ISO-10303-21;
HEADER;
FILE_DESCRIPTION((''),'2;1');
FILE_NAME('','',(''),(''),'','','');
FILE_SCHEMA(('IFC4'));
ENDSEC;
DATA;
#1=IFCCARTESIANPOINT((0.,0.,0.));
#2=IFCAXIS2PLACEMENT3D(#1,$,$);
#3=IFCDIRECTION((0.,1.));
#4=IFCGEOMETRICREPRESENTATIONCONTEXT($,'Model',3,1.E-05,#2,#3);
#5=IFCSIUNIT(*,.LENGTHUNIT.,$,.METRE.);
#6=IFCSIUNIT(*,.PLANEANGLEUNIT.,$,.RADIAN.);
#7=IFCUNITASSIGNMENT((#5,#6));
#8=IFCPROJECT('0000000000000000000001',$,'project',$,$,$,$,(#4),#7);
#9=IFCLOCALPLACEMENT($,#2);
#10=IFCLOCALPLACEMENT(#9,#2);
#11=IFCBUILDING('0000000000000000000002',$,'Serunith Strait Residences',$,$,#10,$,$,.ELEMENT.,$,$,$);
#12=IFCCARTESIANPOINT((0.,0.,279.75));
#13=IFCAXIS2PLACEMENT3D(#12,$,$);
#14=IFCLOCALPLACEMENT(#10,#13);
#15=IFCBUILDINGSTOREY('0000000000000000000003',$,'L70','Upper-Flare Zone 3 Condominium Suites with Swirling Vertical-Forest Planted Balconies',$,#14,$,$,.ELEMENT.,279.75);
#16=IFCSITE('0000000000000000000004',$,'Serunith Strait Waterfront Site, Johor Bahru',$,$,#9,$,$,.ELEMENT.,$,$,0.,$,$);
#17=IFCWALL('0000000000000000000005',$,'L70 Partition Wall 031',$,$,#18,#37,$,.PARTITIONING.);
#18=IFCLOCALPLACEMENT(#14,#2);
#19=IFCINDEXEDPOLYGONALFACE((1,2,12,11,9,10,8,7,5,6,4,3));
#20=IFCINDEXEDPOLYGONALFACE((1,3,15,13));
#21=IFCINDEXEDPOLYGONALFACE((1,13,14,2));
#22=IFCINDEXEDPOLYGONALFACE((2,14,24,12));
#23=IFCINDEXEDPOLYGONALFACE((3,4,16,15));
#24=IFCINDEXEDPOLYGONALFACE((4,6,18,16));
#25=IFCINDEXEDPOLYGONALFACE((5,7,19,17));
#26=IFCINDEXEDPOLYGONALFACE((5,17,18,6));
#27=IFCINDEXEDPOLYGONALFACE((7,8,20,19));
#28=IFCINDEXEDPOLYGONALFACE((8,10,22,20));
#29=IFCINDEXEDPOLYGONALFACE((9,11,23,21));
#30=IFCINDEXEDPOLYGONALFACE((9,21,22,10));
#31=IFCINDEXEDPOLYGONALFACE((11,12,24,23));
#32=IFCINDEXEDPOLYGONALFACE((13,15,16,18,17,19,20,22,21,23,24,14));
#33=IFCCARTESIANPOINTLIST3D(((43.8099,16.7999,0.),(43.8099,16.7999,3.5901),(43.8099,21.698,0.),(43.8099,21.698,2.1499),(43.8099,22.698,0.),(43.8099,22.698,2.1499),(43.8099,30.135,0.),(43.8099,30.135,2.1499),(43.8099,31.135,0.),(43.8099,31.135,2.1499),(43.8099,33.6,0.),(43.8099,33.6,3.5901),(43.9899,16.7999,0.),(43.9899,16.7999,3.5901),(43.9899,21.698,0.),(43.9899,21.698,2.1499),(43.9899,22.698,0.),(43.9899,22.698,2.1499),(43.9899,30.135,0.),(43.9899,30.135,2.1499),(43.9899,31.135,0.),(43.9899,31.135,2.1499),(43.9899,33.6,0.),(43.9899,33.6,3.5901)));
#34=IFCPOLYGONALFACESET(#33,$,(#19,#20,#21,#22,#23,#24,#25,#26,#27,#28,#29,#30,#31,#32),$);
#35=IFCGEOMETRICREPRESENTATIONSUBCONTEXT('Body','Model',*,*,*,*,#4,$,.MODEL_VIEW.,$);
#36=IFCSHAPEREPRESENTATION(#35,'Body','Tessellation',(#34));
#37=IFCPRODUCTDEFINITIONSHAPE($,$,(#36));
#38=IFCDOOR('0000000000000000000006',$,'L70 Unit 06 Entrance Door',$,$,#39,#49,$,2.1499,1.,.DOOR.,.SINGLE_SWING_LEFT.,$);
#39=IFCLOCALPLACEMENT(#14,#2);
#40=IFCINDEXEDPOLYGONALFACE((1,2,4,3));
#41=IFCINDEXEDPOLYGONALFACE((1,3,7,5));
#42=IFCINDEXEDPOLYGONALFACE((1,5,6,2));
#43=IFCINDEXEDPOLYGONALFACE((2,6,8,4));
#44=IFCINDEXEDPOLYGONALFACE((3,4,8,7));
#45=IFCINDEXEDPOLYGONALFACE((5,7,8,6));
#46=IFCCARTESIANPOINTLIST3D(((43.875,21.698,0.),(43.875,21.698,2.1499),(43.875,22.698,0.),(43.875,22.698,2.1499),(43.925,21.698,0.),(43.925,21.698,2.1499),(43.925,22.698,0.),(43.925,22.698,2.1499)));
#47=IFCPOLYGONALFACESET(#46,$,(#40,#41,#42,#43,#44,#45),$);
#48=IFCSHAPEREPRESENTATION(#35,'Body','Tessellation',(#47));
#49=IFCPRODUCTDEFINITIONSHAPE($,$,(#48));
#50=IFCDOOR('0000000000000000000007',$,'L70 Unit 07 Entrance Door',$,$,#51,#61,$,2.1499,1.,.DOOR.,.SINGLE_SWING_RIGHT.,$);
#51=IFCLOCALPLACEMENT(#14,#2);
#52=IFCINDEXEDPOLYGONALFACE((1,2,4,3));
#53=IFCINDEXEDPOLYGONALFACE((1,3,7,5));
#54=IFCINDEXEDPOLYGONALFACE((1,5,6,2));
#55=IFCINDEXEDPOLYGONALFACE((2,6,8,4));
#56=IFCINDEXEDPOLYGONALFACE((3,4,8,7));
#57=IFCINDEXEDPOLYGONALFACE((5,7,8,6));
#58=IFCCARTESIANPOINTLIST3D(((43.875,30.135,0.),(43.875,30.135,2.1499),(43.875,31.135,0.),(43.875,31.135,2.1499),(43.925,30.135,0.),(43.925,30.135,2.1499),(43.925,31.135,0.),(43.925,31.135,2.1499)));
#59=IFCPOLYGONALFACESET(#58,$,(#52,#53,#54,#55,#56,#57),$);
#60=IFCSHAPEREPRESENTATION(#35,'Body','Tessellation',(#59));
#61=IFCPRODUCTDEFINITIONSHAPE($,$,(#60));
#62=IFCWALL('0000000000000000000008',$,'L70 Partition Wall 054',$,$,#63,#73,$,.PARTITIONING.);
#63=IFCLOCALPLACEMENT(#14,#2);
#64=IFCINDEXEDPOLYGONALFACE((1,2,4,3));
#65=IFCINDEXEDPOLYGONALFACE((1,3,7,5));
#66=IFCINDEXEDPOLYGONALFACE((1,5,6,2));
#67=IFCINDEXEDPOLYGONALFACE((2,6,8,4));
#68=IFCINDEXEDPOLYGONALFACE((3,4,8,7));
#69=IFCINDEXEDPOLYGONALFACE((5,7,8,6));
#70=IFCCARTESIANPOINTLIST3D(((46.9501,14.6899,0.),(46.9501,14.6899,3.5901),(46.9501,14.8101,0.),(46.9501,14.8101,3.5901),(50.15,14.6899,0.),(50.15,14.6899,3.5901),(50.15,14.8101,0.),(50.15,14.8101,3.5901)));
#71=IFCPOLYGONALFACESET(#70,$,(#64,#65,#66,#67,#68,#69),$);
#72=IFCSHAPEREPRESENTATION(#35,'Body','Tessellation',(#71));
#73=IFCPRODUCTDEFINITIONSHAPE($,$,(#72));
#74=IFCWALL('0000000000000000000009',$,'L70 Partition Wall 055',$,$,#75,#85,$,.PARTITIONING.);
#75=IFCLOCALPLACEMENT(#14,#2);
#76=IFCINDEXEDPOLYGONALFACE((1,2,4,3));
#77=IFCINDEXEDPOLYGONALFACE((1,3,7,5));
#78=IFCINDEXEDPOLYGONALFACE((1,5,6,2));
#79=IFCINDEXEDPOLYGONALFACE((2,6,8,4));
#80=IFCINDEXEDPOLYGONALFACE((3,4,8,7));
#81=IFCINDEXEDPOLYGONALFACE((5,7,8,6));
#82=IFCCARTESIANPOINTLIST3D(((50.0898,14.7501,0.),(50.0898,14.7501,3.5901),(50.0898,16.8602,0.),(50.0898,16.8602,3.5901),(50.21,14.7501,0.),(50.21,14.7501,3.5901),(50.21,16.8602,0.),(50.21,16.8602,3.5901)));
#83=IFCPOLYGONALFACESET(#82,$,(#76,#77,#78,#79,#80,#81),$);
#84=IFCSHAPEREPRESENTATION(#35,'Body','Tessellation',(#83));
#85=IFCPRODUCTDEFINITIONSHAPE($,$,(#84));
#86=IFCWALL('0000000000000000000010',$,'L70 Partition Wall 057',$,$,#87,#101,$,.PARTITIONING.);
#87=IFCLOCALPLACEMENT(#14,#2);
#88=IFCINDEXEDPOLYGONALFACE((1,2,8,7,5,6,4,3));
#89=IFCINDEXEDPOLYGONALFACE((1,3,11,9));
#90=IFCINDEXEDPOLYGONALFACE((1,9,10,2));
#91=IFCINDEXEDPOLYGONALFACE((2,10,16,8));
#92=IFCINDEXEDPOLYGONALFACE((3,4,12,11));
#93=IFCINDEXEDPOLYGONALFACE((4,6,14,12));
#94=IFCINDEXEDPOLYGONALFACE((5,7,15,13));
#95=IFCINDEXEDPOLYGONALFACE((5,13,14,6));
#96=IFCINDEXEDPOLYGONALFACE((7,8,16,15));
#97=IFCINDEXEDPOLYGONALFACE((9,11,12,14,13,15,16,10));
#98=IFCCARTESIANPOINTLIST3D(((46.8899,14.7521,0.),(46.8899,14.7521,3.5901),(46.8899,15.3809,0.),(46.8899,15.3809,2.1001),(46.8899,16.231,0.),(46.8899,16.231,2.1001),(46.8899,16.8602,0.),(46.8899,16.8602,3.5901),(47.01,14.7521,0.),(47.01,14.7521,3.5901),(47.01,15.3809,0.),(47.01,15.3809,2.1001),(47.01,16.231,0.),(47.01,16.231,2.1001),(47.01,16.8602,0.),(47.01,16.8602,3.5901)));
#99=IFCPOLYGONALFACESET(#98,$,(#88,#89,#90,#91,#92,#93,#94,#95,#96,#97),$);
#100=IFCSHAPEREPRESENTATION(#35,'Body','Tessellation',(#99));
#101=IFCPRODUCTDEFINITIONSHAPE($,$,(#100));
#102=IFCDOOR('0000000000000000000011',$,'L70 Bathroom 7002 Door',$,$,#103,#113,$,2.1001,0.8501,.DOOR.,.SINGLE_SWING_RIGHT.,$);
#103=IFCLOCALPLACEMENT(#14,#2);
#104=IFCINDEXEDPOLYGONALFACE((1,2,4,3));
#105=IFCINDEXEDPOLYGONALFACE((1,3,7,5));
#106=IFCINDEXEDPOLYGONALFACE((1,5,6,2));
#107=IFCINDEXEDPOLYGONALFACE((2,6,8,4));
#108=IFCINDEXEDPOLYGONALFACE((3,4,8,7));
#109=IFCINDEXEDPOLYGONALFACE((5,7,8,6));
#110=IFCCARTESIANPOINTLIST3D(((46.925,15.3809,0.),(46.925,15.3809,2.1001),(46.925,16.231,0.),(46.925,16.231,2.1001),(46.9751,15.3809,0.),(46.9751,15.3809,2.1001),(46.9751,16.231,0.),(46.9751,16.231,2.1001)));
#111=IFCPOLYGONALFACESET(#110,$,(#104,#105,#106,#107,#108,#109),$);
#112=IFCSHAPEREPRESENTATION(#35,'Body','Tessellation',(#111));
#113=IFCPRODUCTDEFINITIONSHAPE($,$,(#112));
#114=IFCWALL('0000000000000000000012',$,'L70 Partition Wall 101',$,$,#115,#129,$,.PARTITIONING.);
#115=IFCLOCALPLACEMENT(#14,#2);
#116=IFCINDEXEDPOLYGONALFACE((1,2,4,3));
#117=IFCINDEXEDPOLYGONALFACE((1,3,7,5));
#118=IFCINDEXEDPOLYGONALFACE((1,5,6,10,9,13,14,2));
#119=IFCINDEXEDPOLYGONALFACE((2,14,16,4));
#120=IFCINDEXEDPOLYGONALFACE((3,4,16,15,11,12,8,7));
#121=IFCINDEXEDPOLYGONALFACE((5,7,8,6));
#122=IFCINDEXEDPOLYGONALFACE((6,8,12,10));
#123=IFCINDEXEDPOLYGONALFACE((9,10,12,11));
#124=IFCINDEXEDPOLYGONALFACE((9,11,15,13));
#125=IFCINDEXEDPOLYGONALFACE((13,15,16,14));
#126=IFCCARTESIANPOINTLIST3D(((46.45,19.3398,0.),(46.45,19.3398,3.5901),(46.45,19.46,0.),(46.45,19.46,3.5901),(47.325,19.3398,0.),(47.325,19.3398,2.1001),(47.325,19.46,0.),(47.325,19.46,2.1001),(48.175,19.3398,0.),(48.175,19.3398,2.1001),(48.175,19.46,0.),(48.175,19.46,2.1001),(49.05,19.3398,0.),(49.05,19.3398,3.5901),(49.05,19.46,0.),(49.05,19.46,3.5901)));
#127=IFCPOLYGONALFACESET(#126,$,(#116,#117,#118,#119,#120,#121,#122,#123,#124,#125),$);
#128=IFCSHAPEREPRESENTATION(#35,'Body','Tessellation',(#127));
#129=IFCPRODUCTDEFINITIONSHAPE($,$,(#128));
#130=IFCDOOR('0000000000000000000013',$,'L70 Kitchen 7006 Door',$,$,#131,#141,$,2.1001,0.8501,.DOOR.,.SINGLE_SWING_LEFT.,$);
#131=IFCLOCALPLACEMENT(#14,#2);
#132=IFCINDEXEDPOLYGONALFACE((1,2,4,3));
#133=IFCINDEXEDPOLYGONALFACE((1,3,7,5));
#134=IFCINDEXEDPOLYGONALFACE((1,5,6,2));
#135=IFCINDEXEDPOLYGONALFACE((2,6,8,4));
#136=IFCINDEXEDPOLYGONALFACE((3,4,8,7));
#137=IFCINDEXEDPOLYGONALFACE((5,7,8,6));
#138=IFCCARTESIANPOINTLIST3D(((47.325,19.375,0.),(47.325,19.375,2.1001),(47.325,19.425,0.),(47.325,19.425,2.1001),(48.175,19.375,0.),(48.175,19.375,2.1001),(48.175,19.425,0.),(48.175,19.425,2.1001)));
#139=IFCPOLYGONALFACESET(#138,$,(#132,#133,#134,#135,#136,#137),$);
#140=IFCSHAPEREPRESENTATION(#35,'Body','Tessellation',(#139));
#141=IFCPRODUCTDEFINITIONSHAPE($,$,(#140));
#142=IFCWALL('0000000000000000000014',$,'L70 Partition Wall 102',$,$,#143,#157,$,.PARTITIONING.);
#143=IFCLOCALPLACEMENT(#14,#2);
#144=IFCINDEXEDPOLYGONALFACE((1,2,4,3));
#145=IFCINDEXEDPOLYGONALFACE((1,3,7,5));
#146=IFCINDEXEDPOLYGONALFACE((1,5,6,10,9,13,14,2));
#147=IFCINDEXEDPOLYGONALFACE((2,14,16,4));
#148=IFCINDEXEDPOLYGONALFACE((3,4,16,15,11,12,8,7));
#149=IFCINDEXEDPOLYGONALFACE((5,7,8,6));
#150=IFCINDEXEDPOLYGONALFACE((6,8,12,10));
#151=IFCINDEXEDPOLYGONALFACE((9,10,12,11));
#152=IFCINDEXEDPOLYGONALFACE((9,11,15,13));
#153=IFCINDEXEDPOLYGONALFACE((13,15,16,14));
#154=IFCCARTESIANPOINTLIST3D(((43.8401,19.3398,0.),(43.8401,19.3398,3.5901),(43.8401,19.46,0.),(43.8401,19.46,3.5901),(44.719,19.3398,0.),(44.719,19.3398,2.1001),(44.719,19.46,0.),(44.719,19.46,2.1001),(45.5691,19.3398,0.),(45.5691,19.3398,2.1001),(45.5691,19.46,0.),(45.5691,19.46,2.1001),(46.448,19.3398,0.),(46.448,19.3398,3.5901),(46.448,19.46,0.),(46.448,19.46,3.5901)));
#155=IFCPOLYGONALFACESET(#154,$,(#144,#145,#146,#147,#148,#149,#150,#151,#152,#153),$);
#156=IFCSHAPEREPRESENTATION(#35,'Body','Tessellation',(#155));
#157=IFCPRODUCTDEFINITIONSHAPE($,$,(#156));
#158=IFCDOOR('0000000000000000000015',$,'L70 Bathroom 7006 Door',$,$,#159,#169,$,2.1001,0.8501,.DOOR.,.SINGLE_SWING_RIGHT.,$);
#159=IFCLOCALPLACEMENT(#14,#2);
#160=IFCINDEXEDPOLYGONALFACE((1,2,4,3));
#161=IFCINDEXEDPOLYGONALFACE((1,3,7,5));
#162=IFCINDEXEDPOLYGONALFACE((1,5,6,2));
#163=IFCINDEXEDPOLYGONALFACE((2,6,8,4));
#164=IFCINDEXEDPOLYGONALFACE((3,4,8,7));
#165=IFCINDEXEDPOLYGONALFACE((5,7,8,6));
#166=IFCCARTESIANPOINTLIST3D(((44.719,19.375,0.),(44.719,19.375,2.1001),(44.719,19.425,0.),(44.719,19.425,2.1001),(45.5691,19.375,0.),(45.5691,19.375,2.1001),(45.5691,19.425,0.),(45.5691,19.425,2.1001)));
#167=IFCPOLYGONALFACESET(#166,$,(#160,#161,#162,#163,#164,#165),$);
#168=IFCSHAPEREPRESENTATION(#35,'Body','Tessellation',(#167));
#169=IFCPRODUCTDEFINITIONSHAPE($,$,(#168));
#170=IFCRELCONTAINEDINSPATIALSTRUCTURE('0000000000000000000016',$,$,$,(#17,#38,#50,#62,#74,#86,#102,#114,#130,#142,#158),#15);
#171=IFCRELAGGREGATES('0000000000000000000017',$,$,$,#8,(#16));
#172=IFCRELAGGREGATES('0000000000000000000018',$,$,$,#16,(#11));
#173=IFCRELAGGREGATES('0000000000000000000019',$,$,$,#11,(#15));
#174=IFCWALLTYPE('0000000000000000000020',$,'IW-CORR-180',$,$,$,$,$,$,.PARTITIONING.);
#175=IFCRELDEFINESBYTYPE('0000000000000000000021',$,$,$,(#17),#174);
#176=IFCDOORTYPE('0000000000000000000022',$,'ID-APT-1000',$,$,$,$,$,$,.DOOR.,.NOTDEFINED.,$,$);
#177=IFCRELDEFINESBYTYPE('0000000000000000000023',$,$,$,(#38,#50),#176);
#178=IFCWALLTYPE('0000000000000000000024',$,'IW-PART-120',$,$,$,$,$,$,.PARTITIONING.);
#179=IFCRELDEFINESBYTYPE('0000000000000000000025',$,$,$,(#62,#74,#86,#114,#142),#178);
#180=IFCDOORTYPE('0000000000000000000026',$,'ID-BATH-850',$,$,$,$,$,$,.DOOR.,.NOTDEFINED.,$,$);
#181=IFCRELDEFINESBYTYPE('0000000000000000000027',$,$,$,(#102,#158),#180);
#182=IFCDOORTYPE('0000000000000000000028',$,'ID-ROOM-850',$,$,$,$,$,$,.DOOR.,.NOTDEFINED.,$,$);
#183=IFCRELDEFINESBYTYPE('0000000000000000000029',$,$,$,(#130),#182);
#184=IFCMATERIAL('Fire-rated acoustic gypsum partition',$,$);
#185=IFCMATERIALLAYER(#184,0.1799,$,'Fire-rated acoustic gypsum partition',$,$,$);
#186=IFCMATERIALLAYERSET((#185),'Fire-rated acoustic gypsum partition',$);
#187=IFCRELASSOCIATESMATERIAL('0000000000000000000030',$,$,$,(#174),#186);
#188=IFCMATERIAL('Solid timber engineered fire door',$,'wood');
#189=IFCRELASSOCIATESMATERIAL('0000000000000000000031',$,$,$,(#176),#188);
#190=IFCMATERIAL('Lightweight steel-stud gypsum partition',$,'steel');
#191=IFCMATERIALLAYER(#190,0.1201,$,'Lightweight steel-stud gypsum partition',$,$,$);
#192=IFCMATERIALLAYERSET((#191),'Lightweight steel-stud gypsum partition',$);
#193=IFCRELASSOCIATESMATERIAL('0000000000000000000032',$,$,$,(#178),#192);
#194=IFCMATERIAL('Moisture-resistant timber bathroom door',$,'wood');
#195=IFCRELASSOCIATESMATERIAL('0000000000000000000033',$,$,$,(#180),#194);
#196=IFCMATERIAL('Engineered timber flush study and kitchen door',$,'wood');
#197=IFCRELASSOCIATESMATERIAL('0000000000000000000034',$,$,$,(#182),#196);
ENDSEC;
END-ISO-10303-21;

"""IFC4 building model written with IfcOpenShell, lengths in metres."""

from ifc_helpers import new_model, si_unit, direction, frame, frame_2d, origin, place, context, subcontext, project, spatial, rectangle, extrude, source, transform, mapped, material, layer, layer_set, type_object, element, fill, save


model = new_model("IFC4")

# Units and contexts
model_context = context("Model", 3, precision=1e-05, world=origin(), true_north=direction((0.0, 1.0)))
body_context = subcontext(model_context, "Body", "Model", "MODEL_VIEW")
ifc_project = project(units=[si_unit("LENGTHUNIT", "METRE"), si_unit("PLANEANGLEUNIT", "RADIAN")], contexts=[model_context])

# Site, building, storey
site_placement = place(None, origin())
site = spatial("IfcSite", under=ifc_project, at=site_placement, Name="Serunith Strait Waterfront Site, Johor Bahru", CompositionType="ELEMENT", RefElevation=0.0)
building_placement = place(site_placement, origin())
building = spatial("IfcBuilding", under=site, at=building_placement, Name="Serunith Strait Residences", CompositionType="ELEMENT")
storey_placement = place(building_placement, frame((0.0, 0.0, 279.75)))
storey = spatial("IfcBuildingStorey", under=building, at=storey_placement, Name="L70", Description="Upper-Flare Zone 3 Condominium Suites with Swirling Vertical-Forest Planted Balconies", CompositionType="ELEMENT", Elevation=279.75)

# Wall, openings, doors
ifc_material_1 = material(Name="Fire-rated acoustic gypsum partition")
ifc_layer_1 = layer(ifc_material_1, 0.1799, Name="Fire-rated acoustic gypsum partition")
ifc_layer_set_1 = layer_set([ifc_layer_1], Name="Fire-rated acoustic gypsum partition")
wall_type_1 = type_object("IfcWallType", Name="IW-CORR-180", PredefinedType="PARTITIONING", material=ifc_layer_set_1)
wall_1_placement = place(storey_placement, frame((43.8999, 16.8, 0.0), z_axis=(0.0, 0.0, 1.0), x_axis=(0.0, 1.0, 0.0)))
wall_1 = element("IfcWall", 1, at=wall_1_placement, inside=storey, type_object=wall_type_1, Name="L70 Partition Wall 031", PredefinedType="PARTITIONING", context=body_context, shape_type="SweptSolid", body=[
    extrude(rectangle(XDim=16.8, YDim=0.1799, at=frame_2d((8.3999, 0.0))), origin(), (0.0, 0.0, 1.0), 3.5901),
])
opening_1_placement = place(wall_1_placement, frame((4.8979, 0.0, 0.0)))
opening_1 = element("IfcOpeningElement", 2, at=opening_1_placement, cuts=wall_1, PredefinedType="OPENING", context=body_context, shape_type="SweptSolid", body=[
    extrude(rectangle(XDim=1.0, YDim=2.1499, at=frame_2d((0.5, 1.075))), frame((0.0, 0.1001, 0.0), z_axis=(0.0, -1.0, 0.0), x_axis=(1.0, 0.0, 0.0)), (0.0, 0.0, 1.0), 0.2),
])
opening_2_placement = place(wall_1_placement, frame((13.335, 0.0, 0.0)))
opening_2 = element("IfcOpeningElement", 3, at=opening_2_placement, cuts=wall_1, PredefinedType="OPENING", context=body_context, shape_type="SweptSolid", body=[
    extrude(rectangle(XDim=1.0, YDim=2.1499, at=frame_2d((0.5, 1.075))), frame((0.0, 0.1001, 0.0), z_axis=(0.0, -1.0, 0.0), x_axis=(1.0, 0.0, 0.0)), (0.0, 0.0, 1.0), 0.2),
])
ifc_material_2 = material(Name="Solid timber engineered fire door", Category="wood")
door_type_1 = type_object("IfcDoorType", Name="ID-APT-1000", OperationType="NOTDEFINED", PredefinedType="DOOR", material=ifc_material_2)
shared_shape_1 = source(origin(), body_context, "Body", "SweptSolid", [
    extrude(rectangle(XDim=1.0, YDim=2.1499, at=frame_2d((0.5, 1.075))), frame((0.0, 0.0249, 0.0), z_axis=(0.0, -1.0, 0.0), x_axis=(1.0, 0.0, 0.0)), (0.0, 0.0, 1.0), 0.05),
])
door_1_placement = place(opening_1_placement, origin())
door_1 = element("IfcDoor", 4, at=door_1_placement, inside=storey, type_object=door_type_1, Name="L70 Unit 06 Entrance Door", OperationType="SINGLE_SWING_LEFT", OverallHeight=2.1499, OverallWidth=1.0, PredefinedType="DOOR", context=body_context, shape_type="MappedRepresentation", body=[
    mapped(shared_shape_1, transform((0.0, 0.0, 0.0), scale=1.0)),
])
fill(opening_1, door_1)
door_2_placement = place(opening_2_placement, origin())
door_2 = element("IfcDoor", 5, at=door_2_placement, inside=storey, type_object=door_type_1, Name="L70 Unit 07 Entrance Door", OperationType="SINGLE_SWING_RIGHT", OverallHeight=2.1499, OverallWidth=1.0, PredefinedType="DOOR", context=body_context, shape_type="MappedRepresentation", body=[
    mapped(shared_shape_1, transform((0.0, 0.0, 0.0), scale=1.0)),
])
fill(opening_2, door_2)

# Walls
ifc_material_3 = material(Name="Lightweight steel-stud gypsum partition", Category="steel")
ifc_layer_2 = layer(ifc_material_3, 0.1201, Name="Lightweight steel-stud gypsum partition")
ifc_layer_set_2 = layer_set([ifc_layer_2], Name="Lightweight steel-stud gypsum partition")
wall_type_2 = type_object("IfcWallType", Name="IW-PART-120", PredefinedType="PARTITIONING", material=ifc_layer_set_2)
wall_2_placement = place(storey_placement, frame((46.95, 14.75, 0.0), z_axis=(0.0, 0.0, 1.0), x_axis=(1.0, 0.0, 0.0)))
element("IfcWall", 6, at=wall_2_placement, inside=storey, type_object=wall_type_2, Name="L70 Partition Wall 054", PredefinedType="PARTITIONING", context=body_context, shape_type="SweptSolid", body=[
    extrude(rectangle(XDim=3.2, YDim=0.1201, at=frame_2d((1.6001, 0.0))), origin(), (0.0, 0.0, 1.0), 3.5901),
])
wall_3_placement = place(storey_placement, frame((50.1499, 14.75, 0.0), z_axis=(0.0, 0.0, 1.0), x_axis=(0.0, 1.0, 0.0)))
element("IfcWall", 7, at=wall_3_placement, inside=storey, type_object=wall_type_2, Name="L70 Partition Wall 055", PredefinedType="PARTITIONING", context=body_context, shape_type="SweptSolid", body=[
    extrude(rectangle(XDim=2.1101, YDim=0.1201, at=frame_2d((1.0552, 0.0))), origin(), (0.0, 0.0, 1.0), 3.5901),
])

# Walls, openings, doors
wall_4_placement = place(storey_placement, frame((46.95, 14.752, 0.0), z_axis=(0.0, 0.0, 1.0), x_axis=(0.0, 1.0, 0.0)))
wall_4 = element("IfcWall", 8, at=wall_4_placement, inside=storey, type_object=wall_type_2, Name="L70 Partition Wall 057", PredefinedType="PARTITIONING", context=body_context, shape_type="SweptSolid", body=[
    extrude(rectangle(XDim=2.1082, YDim=0.1201, at=frame_2d((1.0542, 0.0))), origin(), (0.0, 0.0, 1.0), 3.5901),
])
opening_3_placement = place(wall_4_placement, frame((0.6289, 0.0, 0.0)))
opening_3 = element("IfcOpeningElement", 9, at=opening_3_placement, cuts=wall_4, PredefinedType="OPENING", context=body_context, shape_type="SweptSolid", body=[
    extrude(rectangle(XDim=0.8501, YDim=2.1001, at=frame_2d((0.425, 1.05))), frame((0.0, 0.0701, 0.0), z_axis=(0.0, -1.0, 0.0), x_axis=(1.0, 0.0, 0.0)), (0.0, 0.0, 1.0), 0.1401),
])
ifc_material_4 = material(Name="Moisture-resistant timber bathroom door", Category="wood")
door_type_2 = type_object("IfcDoorType", Name="ID-BATH-850", OperationType="NOTDEFINED", PredefinedType="DOOR", material=ifc_material_4)
shared_shape_2 = source(origin(), body_context, "Body", "SweptSolid", [
    extrude(rectangle(XDim=0.8501, YDim=2.1001, at=frame_2d((0.425, 1.05))), frame((0.0, 0.0249, 0.0), z_axis=(0.0, -1.0, 0.0), x_axis=(1.0, 0.0, 0.0)), (0.0, 0.0, 1.0), 0.05),
])
door_3_placement = place(opening_3_placement, origin())
door_3 = element("IfcDoor", 10, at=door_3_placement, inside=storey, type_object=door_type_2, Name="L70 Bathroom 7002 Door", OperationType="SINGLE_SWING_RIGHT", OverallHeight=2.1001, OverallWidth=0.8501, PredefinedType="DOOR", context=body_context, shape_type="MappedRepresentation", body=[
    mapped(shared_shape_2, transform((0.0, 0.0, 0.0), scale=1.0)),
])
fill(opening_3, door_3)
wall_5_placement = place(storey_placement, frame((49.05, 19.3999, 0.0), z_axis=(0.0, 0.0, 1.0), x_axis=(-1.0, 0.0, 0.0)))
wall_5 = element("IfcWall", 11, at=wall_5_placement, inside=storey, type_object=wall_type_2, Name="L70 Partition Wall 101", PredefinedType="PARTITIONING", context=body_context, shape_type="SweptSolid", body=[
    extrude(rectangle(XDim=2.6001, YDim=0.1201, at=frame_2d((1.3, 0.0))), origin(), (0.0, 0.0, 1.0), 3.5901),
])
opening_4_placement = place(wall_5_placement, frame((0.875, 0.0, 0.0)))
opening_4 = element("IfcOpeningElement", 12, at=opening_4_placement, cuts=wall_5, PredefinedType="OPENING", context=body_context, shape_type="SweptSolid", body=[
    extrude(rectangle(XDim=0.8501, YDim=2.1001, at=frame_2d((0.425, 1.05))), frame((0.0, 0.0701, 0.0), z_axis=(0.0, -1.0, 0.0), x_axis=(1.0, 0.0, 0.0)), (0.0, 0.0, 1.0), 0.1401),
])
ifc_material_5 = material(Name="Engineered timber flush study and kitchen door", Category="wood")
door_type_3 = type_object("IfcDoorType", Name="ID-ROOM-850", OperationType="NOTDEFINED", PredefinedType="DOOR", material=ifc_material_5)
door_4_placement = place(opening_4_placement, origin())
door_4 = element("IfcDoor", 13, at=door_4_placement, inside=storey, type_object=door_type_3, Name="L70 Kitchen 7006 Door", OperationType="SINGLE_SWING_LEFT", OverallHeight=2.1001, OverallWidth=0.8501, PredefinedType="DOOR", context=body_context, shape_type="MappedRepresentation", body=[
    mapped(shared_shape_2, transform((0.0, 0.0, 0.0), scale=1.0)),
])
fill(opening_4, door_4)
wall_6_placement = place(storey_placement, frame((46.448, 19.3999, 0.0), z_axis=(0.0, 0.0, 1.0), x_axis=(-1.0, 0.0, 0.0)))
wall_6 = element("IfcWall", 14, at=wall_6_placement, inside=storey, type_object=wall_type_2, Name="L70 Partition Wall 102", PredefinedType="PARTITIONING", context=body_context, shape_type="SweptSolid", body=[
    extrude(rectangle(XDim=2.6079, YDim=0.1201, at=frame_2d((1.304, 0.0))), origin(), (0.0, 0.0, 1.0), 3.5901),
])
opening_5_placement = place(wall_6_placement, frame((0.8789, 0.0, 0.0)))
opening_5 = element("IfcOpeningElement", 15, at=opening_5_placement, cuts=wall_6, PredefinedType="OPENING", context=body_context, shape_type="SweptSolid", body=[
    extrude(rectangle(XDim=0.8501, YDim=2.1001, at=frame_2d((0.425, 1.05))), frame((0.0, 0.0701, 0.0), z_axis=(0.0, -1.0, 0.0), x_axis=(1.0, 0.0, 0.0)), (0.0, 0.0, 1.0), 0.1401),
])
door_5_placement = place(opening_5_placement, origin())
door_5 = element("IfcDoor", 16, at=door_5_placement, inside=storey, type_object=door_type_2, Name="L70 Bathroom 7006 Door", OperationType="SINGLE_SWING_RIGHT", OverallHeight=2.1001, OverallWidth=0.8501, PredefinedType="DOOR", context=body_context, shape_type="MappedRepresentation", body=[
    mapped(shared_shape_2, transform((0.0, 0.0, 0.0), scale=1.0)),
])
fill(opening_5, door_5)

save(model, "model.ifc")
